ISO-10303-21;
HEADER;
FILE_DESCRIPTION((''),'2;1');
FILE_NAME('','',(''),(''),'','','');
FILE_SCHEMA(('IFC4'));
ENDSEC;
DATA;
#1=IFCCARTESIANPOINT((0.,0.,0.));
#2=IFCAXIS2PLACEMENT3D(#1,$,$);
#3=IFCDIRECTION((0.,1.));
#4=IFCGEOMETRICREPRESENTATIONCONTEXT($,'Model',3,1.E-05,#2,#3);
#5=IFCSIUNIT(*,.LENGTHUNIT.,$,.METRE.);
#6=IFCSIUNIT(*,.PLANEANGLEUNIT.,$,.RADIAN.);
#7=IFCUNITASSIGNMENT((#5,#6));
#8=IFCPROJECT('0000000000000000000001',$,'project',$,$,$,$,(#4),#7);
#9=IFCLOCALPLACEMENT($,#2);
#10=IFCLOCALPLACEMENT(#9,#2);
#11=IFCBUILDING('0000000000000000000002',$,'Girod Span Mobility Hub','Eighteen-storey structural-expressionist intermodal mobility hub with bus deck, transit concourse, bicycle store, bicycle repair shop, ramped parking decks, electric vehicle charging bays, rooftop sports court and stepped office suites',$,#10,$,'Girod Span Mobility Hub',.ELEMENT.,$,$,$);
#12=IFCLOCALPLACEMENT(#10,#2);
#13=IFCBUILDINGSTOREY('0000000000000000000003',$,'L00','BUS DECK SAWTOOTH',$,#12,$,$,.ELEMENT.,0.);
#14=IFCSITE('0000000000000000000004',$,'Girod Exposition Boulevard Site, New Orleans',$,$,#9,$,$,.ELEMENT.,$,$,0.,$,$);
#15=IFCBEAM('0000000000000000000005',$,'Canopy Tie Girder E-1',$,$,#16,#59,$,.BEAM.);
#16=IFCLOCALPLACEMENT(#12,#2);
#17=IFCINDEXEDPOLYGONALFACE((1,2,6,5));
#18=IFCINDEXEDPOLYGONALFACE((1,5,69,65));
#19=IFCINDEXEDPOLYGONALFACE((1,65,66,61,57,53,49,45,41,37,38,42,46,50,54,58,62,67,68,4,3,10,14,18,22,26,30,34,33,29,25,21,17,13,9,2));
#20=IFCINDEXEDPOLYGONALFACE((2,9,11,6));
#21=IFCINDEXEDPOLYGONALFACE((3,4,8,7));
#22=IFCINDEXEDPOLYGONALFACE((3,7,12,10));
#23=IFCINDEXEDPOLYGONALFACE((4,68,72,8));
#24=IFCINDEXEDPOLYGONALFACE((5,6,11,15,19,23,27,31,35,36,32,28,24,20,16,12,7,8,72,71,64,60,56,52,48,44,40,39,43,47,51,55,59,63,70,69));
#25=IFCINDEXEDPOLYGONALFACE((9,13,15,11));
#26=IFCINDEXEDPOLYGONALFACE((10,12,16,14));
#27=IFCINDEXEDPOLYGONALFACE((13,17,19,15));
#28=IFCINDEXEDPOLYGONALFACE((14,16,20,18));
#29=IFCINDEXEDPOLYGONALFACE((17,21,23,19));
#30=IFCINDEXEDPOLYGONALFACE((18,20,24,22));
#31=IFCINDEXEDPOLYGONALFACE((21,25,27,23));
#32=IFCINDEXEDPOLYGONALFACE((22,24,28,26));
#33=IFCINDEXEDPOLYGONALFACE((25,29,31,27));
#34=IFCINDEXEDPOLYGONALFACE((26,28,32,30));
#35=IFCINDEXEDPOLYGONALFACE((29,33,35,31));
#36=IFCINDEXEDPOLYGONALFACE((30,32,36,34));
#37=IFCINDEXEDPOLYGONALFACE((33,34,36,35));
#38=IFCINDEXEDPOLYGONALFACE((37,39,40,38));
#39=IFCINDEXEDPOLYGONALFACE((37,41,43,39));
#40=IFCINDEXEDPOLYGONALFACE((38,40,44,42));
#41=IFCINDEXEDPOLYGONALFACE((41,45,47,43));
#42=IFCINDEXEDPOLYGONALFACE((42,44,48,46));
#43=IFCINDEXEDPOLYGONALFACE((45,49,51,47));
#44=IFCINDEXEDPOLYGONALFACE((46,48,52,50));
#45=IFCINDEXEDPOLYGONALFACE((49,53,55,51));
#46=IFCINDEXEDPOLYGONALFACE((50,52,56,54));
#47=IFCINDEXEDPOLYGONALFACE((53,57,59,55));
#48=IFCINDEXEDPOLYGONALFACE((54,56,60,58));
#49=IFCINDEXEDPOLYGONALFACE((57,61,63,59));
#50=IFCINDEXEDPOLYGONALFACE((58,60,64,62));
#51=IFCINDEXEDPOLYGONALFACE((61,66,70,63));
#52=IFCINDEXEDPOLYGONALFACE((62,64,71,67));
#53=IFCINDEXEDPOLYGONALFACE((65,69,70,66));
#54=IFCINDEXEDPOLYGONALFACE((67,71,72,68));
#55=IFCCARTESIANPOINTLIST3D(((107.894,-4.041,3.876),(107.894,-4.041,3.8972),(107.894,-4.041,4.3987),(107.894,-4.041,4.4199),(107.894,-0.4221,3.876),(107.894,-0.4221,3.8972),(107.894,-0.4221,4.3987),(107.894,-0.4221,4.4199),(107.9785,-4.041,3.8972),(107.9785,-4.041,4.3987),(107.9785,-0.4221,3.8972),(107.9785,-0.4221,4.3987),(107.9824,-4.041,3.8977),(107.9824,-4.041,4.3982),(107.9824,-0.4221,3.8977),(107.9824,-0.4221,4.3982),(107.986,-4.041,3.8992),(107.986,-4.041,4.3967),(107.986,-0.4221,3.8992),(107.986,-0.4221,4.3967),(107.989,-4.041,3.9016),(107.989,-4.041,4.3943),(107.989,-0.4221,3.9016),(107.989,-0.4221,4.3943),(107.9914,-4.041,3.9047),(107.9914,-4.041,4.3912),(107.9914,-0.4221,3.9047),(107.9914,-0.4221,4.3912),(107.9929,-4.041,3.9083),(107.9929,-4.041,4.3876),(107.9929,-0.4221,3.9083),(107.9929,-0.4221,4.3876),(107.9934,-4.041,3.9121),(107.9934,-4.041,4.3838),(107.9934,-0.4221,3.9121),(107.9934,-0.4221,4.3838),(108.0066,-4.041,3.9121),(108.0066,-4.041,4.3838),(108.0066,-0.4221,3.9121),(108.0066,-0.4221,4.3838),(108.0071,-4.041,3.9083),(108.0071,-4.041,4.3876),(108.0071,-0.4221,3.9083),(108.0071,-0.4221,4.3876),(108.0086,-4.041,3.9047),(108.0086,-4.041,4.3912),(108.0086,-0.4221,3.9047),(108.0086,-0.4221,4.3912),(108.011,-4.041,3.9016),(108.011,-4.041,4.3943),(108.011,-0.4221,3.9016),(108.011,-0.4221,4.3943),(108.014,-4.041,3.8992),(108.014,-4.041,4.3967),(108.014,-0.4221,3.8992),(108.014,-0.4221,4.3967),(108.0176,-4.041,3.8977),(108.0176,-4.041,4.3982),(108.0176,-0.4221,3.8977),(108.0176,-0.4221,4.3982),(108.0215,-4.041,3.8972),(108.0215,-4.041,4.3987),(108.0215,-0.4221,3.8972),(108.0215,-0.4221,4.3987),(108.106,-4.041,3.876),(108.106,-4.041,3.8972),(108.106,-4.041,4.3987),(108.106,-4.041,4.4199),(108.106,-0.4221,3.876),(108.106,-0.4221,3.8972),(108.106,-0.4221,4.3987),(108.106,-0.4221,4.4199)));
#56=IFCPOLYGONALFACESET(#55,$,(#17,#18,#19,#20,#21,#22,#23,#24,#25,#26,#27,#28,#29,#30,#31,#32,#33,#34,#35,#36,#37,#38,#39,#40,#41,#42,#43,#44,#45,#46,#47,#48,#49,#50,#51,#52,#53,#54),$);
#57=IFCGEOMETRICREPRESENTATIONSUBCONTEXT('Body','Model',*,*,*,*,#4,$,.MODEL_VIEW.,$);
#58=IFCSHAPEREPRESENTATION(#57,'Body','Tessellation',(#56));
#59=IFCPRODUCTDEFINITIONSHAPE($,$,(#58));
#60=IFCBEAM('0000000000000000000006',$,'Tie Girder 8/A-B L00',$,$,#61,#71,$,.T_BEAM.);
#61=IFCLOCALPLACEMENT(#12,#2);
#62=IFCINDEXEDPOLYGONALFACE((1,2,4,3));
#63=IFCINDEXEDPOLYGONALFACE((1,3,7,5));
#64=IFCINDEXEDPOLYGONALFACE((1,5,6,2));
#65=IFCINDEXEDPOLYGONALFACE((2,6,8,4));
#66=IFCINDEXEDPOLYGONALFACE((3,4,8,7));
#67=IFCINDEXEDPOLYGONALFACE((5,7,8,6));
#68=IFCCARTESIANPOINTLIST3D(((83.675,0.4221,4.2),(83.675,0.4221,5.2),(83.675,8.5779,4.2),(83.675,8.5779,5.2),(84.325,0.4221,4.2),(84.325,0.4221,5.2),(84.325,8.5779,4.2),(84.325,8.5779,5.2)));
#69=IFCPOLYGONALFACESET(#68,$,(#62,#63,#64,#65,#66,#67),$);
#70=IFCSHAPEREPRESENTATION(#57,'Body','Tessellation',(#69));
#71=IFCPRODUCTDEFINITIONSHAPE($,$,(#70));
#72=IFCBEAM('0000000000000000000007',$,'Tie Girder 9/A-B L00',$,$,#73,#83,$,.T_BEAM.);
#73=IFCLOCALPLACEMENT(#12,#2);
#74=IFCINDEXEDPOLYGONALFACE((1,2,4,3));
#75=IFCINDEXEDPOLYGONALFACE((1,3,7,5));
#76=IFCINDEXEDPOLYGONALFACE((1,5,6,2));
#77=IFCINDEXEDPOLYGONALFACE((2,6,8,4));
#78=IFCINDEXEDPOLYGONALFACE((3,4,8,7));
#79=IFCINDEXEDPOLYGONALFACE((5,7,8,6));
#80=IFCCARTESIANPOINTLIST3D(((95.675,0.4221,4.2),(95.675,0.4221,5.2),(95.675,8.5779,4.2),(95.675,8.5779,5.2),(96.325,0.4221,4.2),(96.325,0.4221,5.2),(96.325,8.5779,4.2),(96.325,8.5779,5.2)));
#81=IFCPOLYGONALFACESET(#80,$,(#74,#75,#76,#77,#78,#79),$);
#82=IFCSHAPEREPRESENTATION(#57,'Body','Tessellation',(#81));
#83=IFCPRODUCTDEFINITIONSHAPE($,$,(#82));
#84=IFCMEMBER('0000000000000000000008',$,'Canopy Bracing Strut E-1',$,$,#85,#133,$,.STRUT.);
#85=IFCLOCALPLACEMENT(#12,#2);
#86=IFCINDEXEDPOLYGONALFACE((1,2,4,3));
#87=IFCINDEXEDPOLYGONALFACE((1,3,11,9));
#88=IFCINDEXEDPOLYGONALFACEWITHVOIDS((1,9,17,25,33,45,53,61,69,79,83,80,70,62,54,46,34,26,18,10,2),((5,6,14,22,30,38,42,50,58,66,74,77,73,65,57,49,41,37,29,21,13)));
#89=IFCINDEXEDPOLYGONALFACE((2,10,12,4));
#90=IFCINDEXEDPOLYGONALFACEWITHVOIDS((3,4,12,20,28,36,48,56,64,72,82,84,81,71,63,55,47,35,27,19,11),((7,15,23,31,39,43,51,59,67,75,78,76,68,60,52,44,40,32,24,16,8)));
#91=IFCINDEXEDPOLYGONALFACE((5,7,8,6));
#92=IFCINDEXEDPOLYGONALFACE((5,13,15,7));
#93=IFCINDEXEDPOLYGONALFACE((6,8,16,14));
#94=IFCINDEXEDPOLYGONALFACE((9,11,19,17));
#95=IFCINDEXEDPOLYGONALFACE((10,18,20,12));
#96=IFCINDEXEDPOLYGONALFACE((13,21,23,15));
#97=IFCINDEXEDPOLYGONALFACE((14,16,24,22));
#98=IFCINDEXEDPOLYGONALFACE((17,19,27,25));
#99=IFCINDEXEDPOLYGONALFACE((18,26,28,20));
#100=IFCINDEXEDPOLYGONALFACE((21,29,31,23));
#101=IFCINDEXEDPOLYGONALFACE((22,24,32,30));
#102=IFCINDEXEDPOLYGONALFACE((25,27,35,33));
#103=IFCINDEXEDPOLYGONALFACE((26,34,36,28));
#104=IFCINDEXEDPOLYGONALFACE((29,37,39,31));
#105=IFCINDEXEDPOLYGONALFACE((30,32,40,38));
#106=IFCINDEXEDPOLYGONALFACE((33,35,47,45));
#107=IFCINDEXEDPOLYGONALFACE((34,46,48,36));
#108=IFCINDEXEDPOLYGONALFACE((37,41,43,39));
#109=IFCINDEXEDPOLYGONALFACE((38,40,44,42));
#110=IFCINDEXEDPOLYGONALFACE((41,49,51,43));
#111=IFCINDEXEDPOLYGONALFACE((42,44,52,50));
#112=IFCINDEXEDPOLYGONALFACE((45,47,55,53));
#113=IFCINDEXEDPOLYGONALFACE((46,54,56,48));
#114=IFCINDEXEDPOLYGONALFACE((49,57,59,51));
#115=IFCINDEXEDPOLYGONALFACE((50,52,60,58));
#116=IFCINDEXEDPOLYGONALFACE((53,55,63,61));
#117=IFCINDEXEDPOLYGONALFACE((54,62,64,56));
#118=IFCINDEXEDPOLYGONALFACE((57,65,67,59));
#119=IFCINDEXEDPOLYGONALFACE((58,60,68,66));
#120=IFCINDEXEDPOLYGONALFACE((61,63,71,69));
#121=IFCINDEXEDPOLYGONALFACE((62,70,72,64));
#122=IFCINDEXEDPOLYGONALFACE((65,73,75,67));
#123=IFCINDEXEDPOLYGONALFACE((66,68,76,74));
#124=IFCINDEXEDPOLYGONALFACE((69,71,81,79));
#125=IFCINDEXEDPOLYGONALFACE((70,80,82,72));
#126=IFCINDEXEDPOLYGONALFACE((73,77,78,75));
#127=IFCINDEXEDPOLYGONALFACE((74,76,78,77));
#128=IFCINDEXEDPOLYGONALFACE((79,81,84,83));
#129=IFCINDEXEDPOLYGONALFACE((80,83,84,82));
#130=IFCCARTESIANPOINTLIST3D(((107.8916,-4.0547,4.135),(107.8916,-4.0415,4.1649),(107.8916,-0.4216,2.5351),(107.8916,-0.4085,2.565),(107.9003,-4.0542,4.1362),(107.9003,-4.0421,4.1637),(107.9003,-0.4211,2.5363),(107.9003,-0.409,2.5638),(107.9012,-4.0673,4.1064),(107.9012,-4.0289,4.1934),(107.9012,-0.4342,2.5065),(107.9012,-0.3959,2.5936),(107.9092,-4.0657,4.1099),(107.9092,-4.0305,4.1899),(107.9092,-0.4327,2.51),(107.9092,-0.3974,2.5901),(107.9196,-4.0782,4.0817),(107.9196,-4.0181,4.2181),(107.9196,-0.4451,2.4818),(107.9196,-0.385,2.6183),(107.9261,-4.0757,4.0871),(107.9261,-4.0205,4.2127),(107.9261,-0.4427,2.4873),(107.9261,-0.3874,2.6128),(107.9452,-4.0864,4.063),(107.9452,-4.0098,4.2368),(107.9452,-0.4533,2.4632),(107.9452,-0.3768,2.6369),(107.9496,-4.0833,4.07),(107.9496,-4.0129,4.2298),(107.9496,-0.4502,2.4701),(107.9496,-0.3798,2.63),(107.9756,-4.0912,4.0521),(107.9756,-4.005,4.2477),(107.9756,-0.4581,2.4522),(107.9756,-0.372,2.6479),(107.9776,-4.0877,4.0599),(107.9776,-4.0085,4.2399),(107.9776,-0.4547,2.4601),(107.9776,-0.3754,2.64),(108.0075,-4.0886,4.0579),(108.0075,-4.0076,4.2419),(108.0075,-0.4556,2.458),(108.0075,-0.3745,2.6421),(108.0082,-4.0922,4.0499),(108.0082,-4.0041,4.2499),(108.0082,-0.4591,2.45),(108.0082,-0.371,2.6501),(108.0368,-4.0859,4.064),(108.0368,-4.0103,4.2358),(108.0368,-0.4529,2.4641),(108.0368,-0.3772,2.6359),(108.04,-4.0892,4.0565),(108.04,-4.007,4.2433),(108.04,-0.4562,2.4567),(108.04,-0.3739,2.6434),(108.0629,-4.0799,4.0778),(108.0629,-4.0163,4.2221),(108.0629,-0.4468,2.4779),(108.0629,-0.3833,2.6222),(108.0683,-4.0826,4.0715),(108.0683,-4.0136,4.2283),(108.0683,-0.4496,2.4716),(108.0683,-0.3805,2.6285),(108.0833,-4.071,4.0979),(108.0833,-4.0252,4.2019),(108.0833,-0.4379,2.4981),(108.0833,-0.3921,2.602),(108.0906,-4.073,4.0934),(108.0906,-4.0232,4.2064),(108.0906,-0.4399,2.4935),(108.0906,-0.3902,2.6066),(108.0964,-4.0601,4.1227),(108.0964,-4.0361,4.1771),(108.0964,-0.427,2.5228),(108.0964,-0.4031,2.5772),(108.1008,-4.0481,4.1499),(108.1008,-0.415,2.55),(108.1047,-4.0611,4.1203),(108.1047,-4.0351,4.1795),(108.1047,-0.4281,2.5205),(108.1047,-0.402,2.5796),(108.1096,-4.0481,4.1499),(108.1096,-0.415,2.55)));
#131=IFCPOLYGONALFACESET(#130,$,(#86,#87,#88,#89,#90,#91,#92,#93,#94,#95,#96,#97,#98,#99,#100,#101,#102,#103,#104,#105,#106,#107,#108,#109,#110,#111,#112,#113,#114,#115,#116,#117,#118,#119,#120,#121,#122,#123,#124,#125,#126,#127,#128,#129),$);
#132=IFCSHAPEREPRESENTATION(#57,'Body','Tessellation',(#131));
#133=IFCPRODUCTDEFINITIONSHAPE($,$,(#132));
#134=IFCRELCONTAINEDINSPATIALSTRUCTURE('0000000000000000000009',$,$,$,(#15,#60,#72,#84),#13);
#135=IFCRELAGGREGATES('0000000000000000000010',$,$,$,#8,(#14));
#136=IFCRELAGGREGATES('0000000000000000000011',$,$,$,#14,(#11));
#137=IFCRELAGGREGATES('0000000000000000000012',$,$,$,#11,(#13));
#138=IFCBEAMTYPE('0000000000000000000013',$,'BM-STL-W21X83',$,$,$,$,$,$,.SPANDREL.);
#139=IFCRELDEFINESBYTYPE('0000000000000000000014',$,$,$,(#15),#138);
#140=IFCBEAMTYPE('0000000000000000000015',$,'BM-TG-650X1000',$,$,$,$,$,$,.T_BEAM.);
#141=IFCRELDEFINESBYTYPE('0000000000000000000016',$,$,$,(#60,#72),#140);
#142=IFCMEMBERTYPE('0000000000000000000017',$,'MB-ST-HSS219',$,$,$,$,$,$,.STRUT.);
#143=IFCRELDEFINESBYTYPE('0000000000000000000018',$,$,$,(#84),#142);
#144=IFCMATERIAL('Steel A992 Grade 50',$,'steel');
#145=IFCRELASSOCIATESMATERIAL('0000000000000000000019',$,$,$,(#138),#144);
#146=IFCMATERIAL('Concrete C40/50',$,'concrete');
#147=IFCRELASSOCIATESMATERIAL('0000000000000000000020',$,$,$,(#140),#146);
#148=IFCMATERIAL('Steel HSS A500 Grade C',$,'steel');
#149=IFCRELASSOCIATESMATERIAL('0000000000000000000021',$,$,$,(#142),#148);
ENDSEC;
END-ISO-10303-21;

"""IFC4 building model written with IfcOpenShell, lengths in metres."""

from ifc_helpers import new_model, si_unit, direction, frame, origin, origin_2d, place, context, subcontext, project, spatial, rectangle, hollow_circle, i_section, extrude, material, material_profile, profile_set, type_object, element, save


model = new_model("IFC4")

# Units and contexts
model_context = context("Model", 3, precision=1e-05, world=origin(), true_north=direction((0.0, 1.0)))
body_context = subcontext(model_context, "Body", "Model", "MODEL_VIEW")
ifc_project = project(units=[si_unit("LENGTHUNIT", "METRE"), si_unit("PLANEANGLEUNIT", "RADIAN")], contexts=[model_context])

# Site, building, storey
site_placement = place(None, origin())
site = spatial("IfcSite", under=ifc_project, at=site_placement, Name="Girod Exposition Boulevard Site, New Orleans", CompositionType="ELEMENT", RefElevation=0.0)
building_placement = place(site_placement, origin())
building = spatial("IfcBuilding", under=site, at=building_placement, Name="Girod Span Mobility Hub", Description="Eighteen-storey structural-expressionist intermodal mobility hub with bus deck, transit concourse, bicycle store, bicycle repair shop, ramped parking decks, electric vehicle charging bays, rooftop sports court and stepped office suites", LongName="Girod Span Mobility Hub", CompositionType="ELEMENT")
storey_placement = place(building_placement, origin())
storey = spatial("IfcBuildingStorey", under=building, at=storey_placement, Name="L00", Description="BUS DECK SAWTOOTH", CompositionType="ELEMENT", Elevation=0.0)

# Beams
ifc_material_1 = material(Name="Steel A992 Grade 50", Category="steel")
ifc_material_profile_1 = material_profile(ifc_material_1, i_section(OverallWidth=0.2119, OverallDepth=0.5439, WebThickness=0.0132, FlangeThickness=0.0212, FilletRadius=0.0149, at=origin_2d()), Name="W21X83")
ifc_profile_set_1 = profile_set([ifc_material_profile_1], Name="Steel A992 Grade 50")
beam_type_1 = type_object("IfcBeamType", Name="BM-STL-W21X83", PredefinedType="SPANDREL", material=ifc_profile_set_1)
beam_1_placement = place(storey_placement, frame((108.0, -4.041, 4.1479), z_axis=(0.0, 1.0, 0.0), x_axis=(-1.0, 0.0, 0.0)))
element("IfcBeam", 1, at=beam_1_placement, inside=storey, type_object=beam_type_1, Name="Canopy Tie Girder E-1", PredefinedType="BEAM", context=body_context, shape_type="SweptSolid", body=[
    extrude(i_section(OverallWidth=0.2119, OverallDepth=0.5439, WebThickness=0.0132, FlangeThickness=0.0212, FilletRadius=0.0149, at=origin_2d()), origin(), (0.0, 0.0, 1.0), 3.6189),
])
ifc_material_2 = material(Name="Concrete C40/50", Category="concrete")
ifc_material_profile_2 = material_profile(ifc_material_2, rectangle(XDim=0.6499, YDim=1.0, at=origin_2d()), Name="TG-650X1000")
ifc_profile_set_2 = profile_set([ifc_material_profile_2], Name="Concrete C40/50")
beam_type_2 = type_object("IfcBeamType", Name="BM-TG-650X1000", PredefinedType="T_BEAM", material=ifc_profile_set_2)
for number, where, z_axis, x_axis, name in (
    (2, (84.0, 0.4221, 4.7), (0.0, 1.0, 0.0), (-1.0, 0.0, 0.0), "Tie Girder 8/A-B L00"),
    (3, (96.0, 0.4221, 4.7), (0.0, 1.0, 0.0), (-1.0, 0.0, 0.0), "Tie Girder 9/A-B L00"),
):
    element("IfcBeam", number, at=place(storey_placement, frame(where, z_axis=z_axis, x_axis=x_axis)), inside=storey, type_object=beam_type_2, Name=name, PredefinedType="T_BEAM", context=body_context, shape_type="SweptSolid", body=[
        extrude(rectangle(XDim=0.6499, YDim=1.0, at=origin_2d()), origin(), (0.0, 0.0, 1.0), 8.1558),
    ])

# Member
ifc_material_3 = material(Name="Steel HSS A500 Grade C", Category="steel")
ifc_material_profile_3 = material_profile(ifc_material_3, hollow_circle(Radius=0.1096, WallThickness=0.0088, at=origin_2d()), Name="HSS219X9.5")
ifc_profile_set_3 = profile_set([ifc_material_profile_3], Name="Steel HSS A500 Grade C")
member_type = type_object("IfcMemberType", Name="MB-ST-HSS219", PredefinedType="STRUT", material=ifc_profile_set_3)
member_placement = place(storey_placement, frame((108.0, -0.415, 2.55), z_axis=(0.0, -0.915193, 0.403015), x_axis=(1.0, 0.0, 0.0)))
element("IfcMember", 4, at=member_placement, inside=storey, type_object=member_type, Name="Canopy Bracing Strut E-1", PredefinedType="STRUT", context=body_context, shape_type="SweptSolid", body=[
    extrude(hollow_circle(Radius=0.1096, WallThickness=0.0088, at=origin_2d()), origin(), (0.0, 0.0, 1.0), 3.9697),
])

save(model, "model.ifc")
